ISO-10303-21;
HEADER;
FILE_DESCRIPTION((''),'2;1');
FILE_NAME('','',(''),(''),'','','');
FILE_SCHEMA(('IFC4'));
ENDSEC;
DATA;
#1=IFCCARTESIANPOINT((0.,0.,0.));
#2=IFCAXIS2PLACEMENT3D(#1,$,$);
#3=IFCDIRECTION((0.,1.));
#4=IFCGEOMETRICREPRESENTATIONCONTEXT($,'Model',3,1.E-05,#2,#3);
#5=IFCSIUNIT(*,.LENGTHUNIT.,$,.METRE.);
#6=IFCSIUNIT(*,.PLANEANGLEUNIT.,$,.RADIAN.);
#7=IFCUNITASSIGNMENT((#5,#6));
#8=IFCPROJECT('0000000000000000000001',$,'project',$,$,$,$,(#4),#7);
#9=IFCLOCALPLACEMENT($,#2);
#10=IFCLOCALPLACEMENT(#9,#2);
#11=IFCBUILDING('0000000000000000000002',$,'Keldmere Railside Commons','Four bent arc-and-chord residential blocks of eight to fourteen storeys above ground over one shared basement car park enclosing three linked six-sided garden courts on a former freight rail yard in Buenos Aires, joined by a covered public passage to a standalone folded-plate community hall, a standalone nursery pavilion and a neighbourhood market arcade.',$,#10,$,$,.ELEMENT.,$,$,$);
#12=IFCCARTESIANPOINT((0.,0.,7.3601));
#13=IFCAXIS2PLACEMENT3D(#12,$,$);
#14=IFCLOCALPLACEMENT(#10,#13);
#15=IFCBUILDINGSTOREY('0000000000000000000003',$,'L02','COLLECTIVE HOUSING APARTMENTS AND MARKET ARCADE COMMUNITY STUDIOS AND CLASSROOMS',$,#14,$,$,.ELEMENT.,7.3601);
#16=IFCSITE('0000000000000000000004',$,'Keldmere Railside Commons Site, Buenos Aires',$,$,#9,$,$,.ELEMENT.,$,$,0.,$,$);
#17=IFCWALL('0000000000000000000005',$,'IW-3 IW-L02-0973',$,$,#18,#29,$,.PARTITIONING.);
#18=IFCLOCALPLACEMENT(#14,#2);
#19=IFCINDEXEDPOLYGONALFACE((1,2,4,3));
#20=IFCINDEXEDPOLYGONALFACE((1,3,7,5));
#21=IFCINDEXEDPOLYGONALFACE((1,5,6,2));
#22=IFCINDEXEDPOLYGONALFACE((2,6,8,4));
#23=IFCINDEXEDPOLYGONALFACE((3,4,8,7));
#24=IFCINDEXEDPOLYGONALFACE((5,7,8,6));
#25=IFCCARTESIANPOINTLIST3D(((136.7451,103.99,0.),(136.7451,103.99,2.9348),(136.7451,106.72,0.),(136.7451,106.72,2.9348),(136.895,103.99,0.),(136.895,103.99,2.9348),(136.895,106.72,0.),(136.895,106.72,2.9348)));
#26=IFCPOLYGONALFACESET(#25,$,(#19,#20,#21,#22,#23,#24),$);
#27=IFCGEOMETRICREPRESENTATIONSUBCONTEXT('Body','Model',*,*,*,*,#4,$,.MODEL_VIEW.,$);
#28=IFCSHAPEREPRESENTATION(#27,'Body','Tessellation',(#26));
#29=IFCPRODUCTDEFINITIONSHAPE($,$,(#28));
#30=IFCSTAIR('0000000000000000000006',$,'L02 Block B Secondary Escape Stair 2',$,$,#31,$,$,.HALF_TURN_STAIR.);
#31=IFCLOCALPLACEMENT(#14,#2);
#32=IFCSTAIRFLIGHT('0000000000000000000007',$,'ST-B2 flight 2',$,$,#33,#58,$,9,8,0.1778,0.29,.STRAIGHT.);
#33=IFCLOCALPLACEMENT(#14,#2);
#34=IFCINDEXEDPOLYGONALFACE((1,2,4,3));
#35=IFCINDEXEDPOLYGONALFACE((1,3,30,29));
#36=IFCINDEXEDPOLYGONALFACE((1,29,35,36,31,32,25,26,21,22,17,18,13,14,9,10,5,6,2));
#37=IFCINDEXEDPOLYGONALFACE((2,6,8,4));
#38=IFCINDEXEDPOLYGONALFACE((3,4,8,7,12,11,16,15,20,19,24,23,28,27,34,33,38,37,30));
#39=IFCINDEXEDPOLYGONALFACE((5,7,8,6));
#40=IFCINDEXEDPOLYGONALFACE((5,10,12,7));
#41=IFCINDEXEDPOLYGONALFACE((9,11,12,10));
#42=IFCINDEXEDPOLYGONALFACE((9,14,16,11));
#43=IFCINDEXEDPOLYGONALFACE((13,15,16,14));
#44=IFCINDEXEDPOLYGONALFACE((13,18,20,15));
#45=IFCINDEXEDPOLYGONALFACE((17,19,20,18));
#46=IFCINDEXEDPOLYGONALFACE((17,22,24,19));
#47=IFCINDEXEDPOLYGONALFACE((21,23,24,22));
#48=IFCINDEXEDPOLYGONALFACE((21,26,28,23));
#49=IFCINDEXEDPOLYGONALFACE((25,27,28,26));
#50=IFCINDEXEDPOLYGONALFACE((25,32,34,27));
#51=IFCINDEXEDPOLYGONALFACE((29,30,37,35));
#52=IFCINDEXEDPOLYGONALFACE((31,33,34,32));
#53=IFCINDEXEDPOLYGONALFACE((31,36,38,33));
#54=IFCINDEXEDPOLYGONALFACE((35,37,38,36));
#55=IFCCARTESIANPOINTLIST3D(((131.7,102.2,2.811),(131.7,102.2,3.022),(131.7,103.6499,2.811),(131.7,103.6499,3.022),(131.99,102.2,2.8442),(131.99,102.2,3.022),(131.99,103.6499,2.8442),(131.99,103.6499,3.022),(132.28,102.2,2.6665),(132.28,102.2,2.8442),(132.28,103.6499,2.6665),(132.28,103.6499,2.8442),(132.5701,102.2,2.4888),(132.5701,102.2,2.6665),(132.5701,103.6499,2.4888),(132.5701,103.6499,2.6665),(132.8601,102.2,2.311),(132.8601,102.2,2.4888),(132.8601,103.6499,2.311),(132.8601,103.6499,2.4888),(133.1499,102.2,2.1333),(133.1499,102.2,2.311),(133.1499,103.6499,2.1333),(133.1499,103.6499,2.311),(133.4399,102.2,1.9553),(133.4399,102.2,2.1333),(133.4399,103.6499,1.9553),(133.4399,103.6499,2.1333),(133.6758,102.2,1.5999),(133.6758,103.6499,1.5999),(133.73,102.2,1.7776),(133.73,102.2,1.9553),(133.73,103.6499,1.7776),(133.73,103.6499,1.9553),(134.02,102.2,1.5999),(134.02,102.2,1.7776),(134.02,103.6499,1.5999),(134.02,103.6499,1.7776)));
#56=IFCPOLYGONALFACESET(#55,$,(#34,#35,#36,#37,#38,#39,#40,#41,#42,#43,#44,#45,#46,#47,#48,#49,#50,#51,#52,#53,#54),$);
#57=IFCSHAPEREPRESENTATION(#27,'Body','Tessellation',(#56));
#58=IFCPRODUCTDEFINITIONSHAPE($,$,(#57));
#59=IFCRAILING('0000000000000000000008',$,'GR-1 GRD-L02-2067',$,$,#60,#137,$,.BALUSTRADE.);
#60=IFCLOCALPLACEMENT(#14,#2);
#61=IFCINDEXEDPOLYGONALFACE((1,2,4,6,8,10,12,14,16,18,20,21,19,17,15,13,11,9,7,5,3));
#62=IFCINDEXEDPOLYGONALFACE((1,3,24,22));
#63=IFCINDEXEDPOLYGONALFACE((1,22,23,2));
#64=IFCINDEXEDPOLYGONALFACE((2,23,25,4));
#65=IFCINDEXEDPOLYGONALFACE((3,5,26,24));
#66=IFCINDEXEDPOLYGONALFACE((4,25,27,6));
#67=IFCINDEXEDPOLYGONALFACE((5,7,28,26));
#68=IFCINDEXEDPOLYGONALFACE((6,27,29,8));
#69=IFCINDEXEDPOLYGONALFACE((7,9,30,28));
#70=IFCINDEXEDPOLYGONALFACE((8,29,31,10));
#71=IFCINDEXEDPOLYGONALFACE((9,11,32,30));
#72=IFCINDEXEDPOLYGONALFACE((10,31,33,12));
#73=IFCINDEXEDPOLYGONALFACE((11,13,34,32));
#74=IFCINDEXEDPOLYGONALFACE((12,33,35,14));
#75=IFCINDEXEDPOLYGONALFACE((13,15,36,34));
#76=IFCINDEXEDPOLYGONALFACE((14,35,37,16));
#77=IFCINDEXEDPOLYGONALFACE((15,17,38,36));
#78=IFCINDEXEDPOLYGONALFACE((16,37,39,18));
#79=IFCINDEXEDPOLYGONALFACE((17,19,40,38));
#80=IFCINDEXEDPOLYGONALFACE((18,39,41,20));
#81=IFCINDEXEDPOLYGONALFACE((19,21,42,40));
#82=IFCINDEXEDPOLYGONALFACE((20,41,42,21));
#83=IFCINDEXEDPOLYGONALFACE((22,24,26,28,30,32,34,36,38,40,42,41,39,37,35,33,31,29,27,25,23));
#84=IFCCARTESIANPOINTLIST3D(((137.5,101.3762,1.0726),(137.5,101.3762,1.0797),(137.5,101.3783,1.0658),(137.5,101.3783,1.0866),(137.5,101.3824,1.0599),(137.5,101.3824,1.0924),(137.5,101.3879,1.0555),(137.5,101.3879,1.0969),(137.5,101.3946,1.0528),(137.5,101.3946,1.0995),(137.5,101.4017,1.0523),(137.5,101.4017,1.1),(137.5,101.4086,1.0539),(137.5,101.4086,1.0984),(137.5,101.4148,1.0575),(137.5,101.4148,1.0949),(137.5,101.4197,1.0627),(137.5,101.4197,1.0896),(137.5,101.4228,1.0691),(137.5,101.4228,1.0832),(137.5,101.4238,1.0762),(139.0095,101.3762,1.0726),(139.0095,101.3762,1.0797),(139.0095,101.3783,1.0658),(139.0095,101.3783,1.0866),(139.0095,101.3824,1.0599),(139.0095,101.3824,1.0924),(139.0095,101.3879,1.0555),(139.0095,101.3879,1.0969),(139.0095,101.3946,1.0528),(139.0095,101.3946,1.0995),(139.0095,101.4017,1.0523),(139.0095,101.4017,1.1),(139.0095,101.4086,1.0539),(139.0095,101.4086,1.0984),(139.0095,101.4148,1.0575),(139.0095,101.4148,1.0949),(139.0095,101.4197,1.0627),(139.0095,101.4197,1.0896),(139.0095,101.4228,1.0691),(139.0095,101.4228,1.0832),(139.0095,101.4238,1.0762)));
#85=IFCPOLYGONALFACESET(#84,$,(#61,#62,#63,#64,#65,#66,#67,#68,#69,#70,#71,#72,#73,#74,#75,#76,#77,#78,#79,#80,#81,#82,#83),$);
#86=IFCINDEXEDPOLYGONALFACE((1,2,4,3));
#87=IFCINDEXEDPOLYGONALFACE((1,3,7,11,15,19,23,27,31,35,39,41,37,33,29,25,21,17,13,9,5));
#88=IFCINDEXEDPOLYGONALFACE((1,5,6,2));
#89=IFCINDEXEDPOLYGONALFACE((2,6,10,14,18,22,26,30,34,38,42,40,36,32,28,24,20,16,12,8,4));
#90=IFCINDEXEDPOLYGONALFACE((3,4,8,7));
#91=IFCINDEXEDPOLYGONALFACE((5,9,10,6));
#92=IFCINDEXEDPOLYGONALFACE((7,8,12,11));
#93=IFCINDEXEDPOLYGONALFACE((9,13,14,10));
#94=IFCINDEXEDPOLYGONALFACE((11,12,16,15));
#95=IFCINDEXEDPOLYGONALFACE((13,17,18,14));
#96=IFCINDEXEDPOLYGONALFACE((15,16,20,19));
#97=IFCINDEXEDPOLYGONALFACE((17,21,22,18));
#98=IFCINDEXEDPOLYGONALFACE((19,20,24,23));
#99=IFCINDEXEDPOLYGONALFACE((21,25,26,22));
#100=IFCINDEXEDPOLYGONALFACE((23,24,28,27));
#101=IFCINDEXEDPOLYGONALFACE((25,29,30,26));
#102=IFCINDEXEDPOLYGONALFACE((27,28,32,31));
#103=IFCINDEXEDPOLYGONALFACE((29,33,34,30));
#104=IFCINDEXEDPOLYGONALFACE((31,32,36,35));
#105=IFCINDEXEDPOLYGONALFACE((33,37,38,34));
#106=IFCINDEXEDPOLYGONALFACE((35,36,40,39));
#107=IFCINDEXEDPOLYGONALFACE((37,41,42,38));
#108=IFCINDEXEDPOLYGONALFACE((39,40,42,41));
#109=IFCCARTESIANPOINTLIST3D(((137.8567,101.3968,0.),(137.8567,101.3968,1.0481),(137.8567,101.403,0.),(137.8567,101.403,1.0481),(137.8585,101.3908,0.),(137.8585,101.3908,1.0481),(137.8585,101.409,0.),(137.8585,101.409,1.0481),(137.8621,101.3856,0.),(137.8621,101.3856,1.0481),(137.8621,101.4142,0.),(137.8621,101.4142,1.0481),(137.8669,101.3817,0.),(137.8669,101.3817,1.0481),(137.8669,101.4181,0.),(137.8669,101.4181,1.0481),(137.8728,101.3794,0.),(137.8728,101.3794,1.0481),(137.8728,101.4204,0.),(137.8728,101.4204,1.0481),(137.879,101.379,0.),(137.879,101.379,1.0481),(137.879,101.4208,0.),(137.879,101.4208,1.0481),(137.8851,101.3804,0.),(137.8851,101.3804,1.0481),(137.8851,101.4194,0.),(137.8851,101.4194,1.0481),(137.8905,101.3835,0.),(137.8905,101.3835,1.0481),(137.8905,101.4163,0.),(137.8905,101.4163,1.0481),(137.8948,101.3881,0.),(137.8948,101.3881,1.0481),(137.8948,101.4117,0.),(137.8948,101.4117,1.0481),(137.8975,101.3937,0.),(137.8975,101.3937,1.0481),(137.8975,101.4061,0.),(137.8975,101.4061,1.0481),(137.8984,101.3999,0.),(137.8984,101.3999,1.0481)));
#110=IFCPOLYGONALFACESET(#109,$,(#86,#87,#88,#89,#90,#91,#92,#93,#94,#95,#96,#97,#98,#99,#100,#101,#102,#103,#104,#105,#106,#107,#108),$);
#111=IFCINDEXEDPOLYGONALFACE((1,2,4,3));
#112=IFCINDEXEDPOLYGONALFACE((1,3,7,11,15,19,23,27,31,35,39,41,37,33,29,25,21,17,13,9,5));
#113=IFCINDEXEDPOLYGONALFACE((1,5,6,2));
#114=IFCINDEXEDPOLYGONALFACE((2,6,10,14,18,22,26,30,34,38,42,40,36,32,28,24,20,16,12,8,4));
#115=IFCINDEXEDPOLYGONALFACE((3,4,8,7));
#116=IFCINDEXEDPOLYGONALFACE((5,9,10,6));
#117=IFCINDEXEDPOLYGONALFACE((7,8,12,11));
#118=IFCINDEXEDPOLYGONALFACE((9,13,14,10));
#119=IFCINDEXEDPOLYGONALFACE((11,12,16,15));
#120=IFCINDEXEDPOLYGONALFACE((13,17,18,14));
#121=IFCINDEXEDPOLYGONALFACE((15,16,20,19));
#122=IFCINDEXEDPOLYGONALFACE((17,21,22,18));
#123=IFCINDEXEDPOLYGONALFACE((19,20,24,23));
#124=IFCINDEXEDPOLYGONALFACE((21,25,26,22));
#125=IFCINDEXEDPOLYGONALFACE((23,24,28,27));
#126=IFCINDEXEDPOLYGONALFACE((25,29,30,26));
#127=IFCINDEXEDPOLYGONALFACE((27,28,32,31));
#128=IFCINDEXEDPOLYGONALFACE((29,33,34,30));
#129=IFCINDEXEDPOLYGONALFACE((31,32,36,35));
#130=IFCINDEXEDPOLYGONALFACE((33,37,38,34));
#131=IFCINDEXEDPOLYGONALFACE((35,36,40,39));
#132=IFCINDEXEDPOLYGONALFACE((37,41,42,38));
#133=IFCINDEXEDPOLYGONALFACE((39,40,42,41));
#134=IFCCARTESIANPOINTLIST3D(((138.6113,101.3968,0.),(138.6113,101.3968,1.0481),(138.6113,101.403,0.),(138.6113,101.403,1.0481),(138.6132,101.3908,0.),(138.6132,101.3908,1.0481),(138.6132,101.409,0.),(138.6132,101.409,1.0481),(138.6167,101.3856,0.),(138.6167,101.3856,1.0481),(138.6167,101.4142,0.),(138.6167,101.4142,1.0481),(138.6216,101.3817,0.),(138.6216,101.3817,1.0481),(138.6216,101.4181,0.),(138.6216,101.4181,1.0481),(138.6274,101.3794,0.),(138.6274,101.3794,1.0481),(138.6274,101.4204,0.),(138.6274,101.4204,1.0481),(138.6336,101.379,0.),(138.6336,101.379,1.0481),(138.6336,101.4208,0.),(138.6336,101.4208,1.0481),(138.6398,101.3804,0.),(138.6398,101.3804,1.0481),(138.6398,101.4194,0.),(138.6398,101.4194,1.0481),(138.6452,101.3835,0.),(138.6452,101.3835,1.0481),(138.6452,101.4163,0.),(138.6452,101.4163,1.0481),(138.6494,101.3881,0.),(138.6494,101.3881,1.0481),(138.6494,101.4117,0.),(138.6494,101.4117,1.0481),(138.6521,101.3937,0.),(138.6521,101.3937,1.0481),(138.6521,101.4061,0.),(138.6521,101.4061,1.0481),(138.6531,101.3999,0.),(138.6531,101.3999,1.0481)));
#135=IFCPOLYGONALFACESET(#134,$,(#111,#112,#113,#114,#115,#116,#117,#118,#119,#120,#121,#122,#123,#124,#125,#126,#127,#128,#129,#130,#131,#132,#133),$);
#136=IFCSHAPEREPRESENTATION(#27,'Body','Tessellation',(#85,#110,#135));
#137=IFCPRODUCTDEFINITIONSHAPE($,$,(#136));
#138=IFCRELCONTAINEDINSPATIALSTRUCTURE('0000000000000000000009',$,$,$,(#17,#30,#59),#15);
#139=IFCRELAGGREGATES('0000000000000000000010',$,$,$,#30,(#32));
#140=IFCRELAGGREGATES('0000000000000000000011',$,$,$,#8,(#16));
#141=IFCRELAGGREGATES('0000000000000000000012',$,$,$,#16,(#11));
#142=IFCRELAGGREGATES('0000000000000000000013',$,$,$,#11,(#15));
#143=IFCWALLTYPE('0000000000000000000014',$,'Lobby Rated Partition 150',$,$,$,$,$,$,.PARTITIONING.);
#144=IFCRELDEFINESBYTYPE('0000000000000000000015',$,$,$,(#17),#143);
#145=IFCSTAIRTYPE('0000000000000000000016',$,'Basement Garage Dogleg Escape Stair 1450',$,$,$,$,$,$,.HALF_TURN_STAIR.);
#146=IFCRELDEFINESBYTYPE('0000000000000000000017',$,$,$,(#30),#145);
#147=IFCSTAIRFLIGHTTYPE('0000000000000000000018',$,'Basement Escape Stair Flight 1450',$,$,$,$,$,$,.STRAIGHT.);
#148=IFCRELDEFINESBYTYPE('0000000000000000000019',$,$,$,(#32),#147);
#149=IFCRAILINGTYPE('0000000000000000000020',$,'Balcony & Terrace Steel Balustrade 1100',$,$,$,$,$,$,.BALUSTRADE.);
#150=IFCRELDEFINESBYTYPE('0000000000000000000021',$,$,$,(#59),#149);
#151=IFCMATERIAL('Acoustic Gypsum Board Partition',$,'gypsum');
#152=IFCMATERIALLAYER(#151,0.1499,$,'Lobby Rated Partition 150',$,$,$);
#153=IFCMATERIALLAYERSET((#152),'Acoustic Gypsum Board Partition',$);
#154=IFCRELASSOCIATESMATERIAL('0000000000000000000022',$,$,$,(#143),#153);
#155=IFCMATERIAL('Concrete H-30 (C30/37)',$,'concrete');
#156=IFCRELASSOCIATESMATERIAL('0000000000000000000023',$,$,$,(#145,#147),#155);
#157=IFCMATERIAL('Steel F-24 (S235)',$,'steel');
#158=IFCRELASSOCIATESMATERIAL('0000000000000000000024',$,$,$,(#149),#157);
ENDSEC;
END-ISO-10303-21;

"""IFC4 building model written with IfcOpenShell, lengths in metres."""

from ifc_helpers import new_model, si_unit, direction, frame, frame_2d, origin, origin_2d, place, context, subcontext, project, spatial, polyline, rectangle, circle, outline, extrude, material, layer, layer_set, type_object, element, aggregate, save


model = new_model("IFC4")

# Units and contexts
model_context = context("Model", 3, precision=1e-05, world=origin(), true_north=direction((0.0, 1.0)))
body_context = subcontext(model_context, "Body", "Model", "MODEL_VIEW")
ifc_project = project(units=[si_unit("LENGTHUNIT", "METRE"), si_unit("PLANEANGLEUNIT", "RADIAN")], contexts=[model_context])

# Site, building, storey
site_placement = place(None, origin())
site = spatial("IfcSite", under=ifc_project, at=site_placement, Name="Keldmere Railside Commons Site, Buenos Aires", CompositionType="ELEMENT", RefElevation=0.0)
building_placement = place(site_placement, origin())
building = spatial("IfcBuilding", under=site, at=building_placement, Name="Keldmere Railside Commons", Description="Four bent arc-and-chord residential blocks of eight to fourteen storeys above ground over one shared basement car park enclosing three linked six-sided garden courts on a former freight rail yard in Buenos Aires, joined by a covered public passage to a standalone folded-plate community hall, a standalone nursery pavilion and a neighbourhood market arcade.", CompositionType="ELEMENT")
storey_placement = place(building_placement, frame((0.0, 0.0, 7.3601)))
storey = spatial("IfcBuildingStorey", under=building, at=storey_placement, Name="L02", Description="COLLECTIVE HOUSING APARTMENTS AND MARKET ARCADE COMMUNITY STUDIOS AND CLASSROOMS", CompositionType="ELEMENT", Elevation=7.3601)

# Shared definitions
ifc_material_1 = material(Name="Steel F-24 (S235)", Category="steel")

# Wall
ifc_material_2 = material(Name="Acoustic Gypsum Board Partition", Category="gypsum")
ifc_layer_1 = layer(ifc_material_2, 0.1499, Name="Lobby Rated Partition 150")
ifc_layer_set_1 = layer_set([ifc_layer_1], Name="Acoustic Gypsum Board Partition")
wall_type_1 = type_object("IfcWallType", Name="Lobby Rated Partition 150", PredefinedType="PARTITIONING", material=ifc_layer_set_1)
wall_1_placement = place(storey_placement, frame((136.8201, 103.99, 0.0), z_axis=(0.0, 0.0, 1.0), x_axis=(0.0, 1.0, 0.0)))
element("IfcWall", 1, at=wall_1_placement, inside=storey, type_object=wall_type_1, Name="IW-3 IW-L02-0973", PredefinedType="PARTITIONING", context=body_context, shape_type="SweptSolid", body=[
    extrude(rectangle(XDim=2.73, YDim=0.1499, at=frame_2d((1.365, 0.0))), origin(), (0.0, 0.0, 1.0), 2.9348),
])

# Stair, stair flight
ifc_material_3 = material(Name="Concrete H-30 (C30/37)", Category="concrete")
stair_type = type_object("IfcStairType", Name="Basement Garage Dogleg Escape Stair 1450", PredefinedType="HALF_TURN_STAIR", material=ifc_material_3)
stair_placement = place(storey_placement, origin())
stair = element("IfcStair", 2, at=stair_placement, inside=storey, type_object=stair_type, Name="L02 Block B Secondary Escape Stair 2", PredefinedType="HALF_TURN_STAIR")
stair_flight_type = type_object("IfcStairFlightType", Name="Basement Escape Stair Flight 1450", PredefinedType="STRAIGHT", material=ifc_material_3)
stair_flight_placement = place(storey_placement, frame((134.02, 102.925, 1.5999), z_axis=(0.0, 0.0, 1.0), x_axis=(-1.0, 0.0, 0.0)))
stair_flight = element("IfcStairFlight", 3, at=stair_flight_placement, type_object=stair_flight_type, Name="ST-B2 flight 2", NumberOfRisers=9, NumberOfTreads=8, PredefinedType="STRAIGHT", RiserHeight=0.1778, TreadLength=0.29, context=body_context, shape_type="SweptSolid", body=[
    extrude(outline(polyline([(0.0, 0.0), (0.0, 0.1777), (0.29, 0.1777), (0.29, 0.3555), (0.5801, 0.3555), (0.5801, 0.5334), (0.8701, 0.5334), (0.8701, 0.7112), (1.1599, 0.7112), (1.1599, 0.8889), (1.45, 0.8889), (1.45, 1.0667), (1.74, 1.0667), (1.74, 1.2444), (2.03, 1.2444), (2.03, 1.4221), (2.3201, 1.4221), (2.3201, 1.6001), (2.3201, 1.2112), (0.3442, 0.0), (0.0, 0.0)])), frame((0.0, 0.7251, 0.0), z_axis=(0.0, -1.0, 0.0), x_axis=(1.0, 0.0, 0.0)), (0.0, 0.0, 1.0), 1.45),
])
aggregate(stair, [stair_flight])

# Railing
railing_type_1 = type_object("IfcRailingType", Name="Balcony & Terrace Steel Balustrade 1100", PredefinedType="BALUSTRADE", material=ifc_material_1)
railing_1_placement = place(storey_placement, frame((137.5, 101.3999, 0.0)))
element("IfcRailing", 4, at=railing_1_placement, inside=storey, type_object=railing_type_1, Name="GR-1 GRD-L02-2067", PredefinedType="BALUSTRADE", context=body_context, shape_type="SweptSolid", body=[
    extrude(circle(Radius=0.0239, at=origin_2d()), frame((0.0, 0.0, 1.0762), z_axis=(1.0, 0.0, 0.0), x_axis=(0.0, 1.0, 0.0)), (0.0, 0.0, 1.0), 1.5095),
    extrude(circle(Radius=0.021, at=origin_2d()), frame((0.3774, 0.0, 0.0)), (0.0, 0.0, 1.0), 1.0481),
    extrude(circle(Radius=0.021, at=origin_2d()), frame((1.1321, 0.0, 0.0)), (0.0, 0.0, 1.0), 1.0481),
])

save(model, "model.ifc")
